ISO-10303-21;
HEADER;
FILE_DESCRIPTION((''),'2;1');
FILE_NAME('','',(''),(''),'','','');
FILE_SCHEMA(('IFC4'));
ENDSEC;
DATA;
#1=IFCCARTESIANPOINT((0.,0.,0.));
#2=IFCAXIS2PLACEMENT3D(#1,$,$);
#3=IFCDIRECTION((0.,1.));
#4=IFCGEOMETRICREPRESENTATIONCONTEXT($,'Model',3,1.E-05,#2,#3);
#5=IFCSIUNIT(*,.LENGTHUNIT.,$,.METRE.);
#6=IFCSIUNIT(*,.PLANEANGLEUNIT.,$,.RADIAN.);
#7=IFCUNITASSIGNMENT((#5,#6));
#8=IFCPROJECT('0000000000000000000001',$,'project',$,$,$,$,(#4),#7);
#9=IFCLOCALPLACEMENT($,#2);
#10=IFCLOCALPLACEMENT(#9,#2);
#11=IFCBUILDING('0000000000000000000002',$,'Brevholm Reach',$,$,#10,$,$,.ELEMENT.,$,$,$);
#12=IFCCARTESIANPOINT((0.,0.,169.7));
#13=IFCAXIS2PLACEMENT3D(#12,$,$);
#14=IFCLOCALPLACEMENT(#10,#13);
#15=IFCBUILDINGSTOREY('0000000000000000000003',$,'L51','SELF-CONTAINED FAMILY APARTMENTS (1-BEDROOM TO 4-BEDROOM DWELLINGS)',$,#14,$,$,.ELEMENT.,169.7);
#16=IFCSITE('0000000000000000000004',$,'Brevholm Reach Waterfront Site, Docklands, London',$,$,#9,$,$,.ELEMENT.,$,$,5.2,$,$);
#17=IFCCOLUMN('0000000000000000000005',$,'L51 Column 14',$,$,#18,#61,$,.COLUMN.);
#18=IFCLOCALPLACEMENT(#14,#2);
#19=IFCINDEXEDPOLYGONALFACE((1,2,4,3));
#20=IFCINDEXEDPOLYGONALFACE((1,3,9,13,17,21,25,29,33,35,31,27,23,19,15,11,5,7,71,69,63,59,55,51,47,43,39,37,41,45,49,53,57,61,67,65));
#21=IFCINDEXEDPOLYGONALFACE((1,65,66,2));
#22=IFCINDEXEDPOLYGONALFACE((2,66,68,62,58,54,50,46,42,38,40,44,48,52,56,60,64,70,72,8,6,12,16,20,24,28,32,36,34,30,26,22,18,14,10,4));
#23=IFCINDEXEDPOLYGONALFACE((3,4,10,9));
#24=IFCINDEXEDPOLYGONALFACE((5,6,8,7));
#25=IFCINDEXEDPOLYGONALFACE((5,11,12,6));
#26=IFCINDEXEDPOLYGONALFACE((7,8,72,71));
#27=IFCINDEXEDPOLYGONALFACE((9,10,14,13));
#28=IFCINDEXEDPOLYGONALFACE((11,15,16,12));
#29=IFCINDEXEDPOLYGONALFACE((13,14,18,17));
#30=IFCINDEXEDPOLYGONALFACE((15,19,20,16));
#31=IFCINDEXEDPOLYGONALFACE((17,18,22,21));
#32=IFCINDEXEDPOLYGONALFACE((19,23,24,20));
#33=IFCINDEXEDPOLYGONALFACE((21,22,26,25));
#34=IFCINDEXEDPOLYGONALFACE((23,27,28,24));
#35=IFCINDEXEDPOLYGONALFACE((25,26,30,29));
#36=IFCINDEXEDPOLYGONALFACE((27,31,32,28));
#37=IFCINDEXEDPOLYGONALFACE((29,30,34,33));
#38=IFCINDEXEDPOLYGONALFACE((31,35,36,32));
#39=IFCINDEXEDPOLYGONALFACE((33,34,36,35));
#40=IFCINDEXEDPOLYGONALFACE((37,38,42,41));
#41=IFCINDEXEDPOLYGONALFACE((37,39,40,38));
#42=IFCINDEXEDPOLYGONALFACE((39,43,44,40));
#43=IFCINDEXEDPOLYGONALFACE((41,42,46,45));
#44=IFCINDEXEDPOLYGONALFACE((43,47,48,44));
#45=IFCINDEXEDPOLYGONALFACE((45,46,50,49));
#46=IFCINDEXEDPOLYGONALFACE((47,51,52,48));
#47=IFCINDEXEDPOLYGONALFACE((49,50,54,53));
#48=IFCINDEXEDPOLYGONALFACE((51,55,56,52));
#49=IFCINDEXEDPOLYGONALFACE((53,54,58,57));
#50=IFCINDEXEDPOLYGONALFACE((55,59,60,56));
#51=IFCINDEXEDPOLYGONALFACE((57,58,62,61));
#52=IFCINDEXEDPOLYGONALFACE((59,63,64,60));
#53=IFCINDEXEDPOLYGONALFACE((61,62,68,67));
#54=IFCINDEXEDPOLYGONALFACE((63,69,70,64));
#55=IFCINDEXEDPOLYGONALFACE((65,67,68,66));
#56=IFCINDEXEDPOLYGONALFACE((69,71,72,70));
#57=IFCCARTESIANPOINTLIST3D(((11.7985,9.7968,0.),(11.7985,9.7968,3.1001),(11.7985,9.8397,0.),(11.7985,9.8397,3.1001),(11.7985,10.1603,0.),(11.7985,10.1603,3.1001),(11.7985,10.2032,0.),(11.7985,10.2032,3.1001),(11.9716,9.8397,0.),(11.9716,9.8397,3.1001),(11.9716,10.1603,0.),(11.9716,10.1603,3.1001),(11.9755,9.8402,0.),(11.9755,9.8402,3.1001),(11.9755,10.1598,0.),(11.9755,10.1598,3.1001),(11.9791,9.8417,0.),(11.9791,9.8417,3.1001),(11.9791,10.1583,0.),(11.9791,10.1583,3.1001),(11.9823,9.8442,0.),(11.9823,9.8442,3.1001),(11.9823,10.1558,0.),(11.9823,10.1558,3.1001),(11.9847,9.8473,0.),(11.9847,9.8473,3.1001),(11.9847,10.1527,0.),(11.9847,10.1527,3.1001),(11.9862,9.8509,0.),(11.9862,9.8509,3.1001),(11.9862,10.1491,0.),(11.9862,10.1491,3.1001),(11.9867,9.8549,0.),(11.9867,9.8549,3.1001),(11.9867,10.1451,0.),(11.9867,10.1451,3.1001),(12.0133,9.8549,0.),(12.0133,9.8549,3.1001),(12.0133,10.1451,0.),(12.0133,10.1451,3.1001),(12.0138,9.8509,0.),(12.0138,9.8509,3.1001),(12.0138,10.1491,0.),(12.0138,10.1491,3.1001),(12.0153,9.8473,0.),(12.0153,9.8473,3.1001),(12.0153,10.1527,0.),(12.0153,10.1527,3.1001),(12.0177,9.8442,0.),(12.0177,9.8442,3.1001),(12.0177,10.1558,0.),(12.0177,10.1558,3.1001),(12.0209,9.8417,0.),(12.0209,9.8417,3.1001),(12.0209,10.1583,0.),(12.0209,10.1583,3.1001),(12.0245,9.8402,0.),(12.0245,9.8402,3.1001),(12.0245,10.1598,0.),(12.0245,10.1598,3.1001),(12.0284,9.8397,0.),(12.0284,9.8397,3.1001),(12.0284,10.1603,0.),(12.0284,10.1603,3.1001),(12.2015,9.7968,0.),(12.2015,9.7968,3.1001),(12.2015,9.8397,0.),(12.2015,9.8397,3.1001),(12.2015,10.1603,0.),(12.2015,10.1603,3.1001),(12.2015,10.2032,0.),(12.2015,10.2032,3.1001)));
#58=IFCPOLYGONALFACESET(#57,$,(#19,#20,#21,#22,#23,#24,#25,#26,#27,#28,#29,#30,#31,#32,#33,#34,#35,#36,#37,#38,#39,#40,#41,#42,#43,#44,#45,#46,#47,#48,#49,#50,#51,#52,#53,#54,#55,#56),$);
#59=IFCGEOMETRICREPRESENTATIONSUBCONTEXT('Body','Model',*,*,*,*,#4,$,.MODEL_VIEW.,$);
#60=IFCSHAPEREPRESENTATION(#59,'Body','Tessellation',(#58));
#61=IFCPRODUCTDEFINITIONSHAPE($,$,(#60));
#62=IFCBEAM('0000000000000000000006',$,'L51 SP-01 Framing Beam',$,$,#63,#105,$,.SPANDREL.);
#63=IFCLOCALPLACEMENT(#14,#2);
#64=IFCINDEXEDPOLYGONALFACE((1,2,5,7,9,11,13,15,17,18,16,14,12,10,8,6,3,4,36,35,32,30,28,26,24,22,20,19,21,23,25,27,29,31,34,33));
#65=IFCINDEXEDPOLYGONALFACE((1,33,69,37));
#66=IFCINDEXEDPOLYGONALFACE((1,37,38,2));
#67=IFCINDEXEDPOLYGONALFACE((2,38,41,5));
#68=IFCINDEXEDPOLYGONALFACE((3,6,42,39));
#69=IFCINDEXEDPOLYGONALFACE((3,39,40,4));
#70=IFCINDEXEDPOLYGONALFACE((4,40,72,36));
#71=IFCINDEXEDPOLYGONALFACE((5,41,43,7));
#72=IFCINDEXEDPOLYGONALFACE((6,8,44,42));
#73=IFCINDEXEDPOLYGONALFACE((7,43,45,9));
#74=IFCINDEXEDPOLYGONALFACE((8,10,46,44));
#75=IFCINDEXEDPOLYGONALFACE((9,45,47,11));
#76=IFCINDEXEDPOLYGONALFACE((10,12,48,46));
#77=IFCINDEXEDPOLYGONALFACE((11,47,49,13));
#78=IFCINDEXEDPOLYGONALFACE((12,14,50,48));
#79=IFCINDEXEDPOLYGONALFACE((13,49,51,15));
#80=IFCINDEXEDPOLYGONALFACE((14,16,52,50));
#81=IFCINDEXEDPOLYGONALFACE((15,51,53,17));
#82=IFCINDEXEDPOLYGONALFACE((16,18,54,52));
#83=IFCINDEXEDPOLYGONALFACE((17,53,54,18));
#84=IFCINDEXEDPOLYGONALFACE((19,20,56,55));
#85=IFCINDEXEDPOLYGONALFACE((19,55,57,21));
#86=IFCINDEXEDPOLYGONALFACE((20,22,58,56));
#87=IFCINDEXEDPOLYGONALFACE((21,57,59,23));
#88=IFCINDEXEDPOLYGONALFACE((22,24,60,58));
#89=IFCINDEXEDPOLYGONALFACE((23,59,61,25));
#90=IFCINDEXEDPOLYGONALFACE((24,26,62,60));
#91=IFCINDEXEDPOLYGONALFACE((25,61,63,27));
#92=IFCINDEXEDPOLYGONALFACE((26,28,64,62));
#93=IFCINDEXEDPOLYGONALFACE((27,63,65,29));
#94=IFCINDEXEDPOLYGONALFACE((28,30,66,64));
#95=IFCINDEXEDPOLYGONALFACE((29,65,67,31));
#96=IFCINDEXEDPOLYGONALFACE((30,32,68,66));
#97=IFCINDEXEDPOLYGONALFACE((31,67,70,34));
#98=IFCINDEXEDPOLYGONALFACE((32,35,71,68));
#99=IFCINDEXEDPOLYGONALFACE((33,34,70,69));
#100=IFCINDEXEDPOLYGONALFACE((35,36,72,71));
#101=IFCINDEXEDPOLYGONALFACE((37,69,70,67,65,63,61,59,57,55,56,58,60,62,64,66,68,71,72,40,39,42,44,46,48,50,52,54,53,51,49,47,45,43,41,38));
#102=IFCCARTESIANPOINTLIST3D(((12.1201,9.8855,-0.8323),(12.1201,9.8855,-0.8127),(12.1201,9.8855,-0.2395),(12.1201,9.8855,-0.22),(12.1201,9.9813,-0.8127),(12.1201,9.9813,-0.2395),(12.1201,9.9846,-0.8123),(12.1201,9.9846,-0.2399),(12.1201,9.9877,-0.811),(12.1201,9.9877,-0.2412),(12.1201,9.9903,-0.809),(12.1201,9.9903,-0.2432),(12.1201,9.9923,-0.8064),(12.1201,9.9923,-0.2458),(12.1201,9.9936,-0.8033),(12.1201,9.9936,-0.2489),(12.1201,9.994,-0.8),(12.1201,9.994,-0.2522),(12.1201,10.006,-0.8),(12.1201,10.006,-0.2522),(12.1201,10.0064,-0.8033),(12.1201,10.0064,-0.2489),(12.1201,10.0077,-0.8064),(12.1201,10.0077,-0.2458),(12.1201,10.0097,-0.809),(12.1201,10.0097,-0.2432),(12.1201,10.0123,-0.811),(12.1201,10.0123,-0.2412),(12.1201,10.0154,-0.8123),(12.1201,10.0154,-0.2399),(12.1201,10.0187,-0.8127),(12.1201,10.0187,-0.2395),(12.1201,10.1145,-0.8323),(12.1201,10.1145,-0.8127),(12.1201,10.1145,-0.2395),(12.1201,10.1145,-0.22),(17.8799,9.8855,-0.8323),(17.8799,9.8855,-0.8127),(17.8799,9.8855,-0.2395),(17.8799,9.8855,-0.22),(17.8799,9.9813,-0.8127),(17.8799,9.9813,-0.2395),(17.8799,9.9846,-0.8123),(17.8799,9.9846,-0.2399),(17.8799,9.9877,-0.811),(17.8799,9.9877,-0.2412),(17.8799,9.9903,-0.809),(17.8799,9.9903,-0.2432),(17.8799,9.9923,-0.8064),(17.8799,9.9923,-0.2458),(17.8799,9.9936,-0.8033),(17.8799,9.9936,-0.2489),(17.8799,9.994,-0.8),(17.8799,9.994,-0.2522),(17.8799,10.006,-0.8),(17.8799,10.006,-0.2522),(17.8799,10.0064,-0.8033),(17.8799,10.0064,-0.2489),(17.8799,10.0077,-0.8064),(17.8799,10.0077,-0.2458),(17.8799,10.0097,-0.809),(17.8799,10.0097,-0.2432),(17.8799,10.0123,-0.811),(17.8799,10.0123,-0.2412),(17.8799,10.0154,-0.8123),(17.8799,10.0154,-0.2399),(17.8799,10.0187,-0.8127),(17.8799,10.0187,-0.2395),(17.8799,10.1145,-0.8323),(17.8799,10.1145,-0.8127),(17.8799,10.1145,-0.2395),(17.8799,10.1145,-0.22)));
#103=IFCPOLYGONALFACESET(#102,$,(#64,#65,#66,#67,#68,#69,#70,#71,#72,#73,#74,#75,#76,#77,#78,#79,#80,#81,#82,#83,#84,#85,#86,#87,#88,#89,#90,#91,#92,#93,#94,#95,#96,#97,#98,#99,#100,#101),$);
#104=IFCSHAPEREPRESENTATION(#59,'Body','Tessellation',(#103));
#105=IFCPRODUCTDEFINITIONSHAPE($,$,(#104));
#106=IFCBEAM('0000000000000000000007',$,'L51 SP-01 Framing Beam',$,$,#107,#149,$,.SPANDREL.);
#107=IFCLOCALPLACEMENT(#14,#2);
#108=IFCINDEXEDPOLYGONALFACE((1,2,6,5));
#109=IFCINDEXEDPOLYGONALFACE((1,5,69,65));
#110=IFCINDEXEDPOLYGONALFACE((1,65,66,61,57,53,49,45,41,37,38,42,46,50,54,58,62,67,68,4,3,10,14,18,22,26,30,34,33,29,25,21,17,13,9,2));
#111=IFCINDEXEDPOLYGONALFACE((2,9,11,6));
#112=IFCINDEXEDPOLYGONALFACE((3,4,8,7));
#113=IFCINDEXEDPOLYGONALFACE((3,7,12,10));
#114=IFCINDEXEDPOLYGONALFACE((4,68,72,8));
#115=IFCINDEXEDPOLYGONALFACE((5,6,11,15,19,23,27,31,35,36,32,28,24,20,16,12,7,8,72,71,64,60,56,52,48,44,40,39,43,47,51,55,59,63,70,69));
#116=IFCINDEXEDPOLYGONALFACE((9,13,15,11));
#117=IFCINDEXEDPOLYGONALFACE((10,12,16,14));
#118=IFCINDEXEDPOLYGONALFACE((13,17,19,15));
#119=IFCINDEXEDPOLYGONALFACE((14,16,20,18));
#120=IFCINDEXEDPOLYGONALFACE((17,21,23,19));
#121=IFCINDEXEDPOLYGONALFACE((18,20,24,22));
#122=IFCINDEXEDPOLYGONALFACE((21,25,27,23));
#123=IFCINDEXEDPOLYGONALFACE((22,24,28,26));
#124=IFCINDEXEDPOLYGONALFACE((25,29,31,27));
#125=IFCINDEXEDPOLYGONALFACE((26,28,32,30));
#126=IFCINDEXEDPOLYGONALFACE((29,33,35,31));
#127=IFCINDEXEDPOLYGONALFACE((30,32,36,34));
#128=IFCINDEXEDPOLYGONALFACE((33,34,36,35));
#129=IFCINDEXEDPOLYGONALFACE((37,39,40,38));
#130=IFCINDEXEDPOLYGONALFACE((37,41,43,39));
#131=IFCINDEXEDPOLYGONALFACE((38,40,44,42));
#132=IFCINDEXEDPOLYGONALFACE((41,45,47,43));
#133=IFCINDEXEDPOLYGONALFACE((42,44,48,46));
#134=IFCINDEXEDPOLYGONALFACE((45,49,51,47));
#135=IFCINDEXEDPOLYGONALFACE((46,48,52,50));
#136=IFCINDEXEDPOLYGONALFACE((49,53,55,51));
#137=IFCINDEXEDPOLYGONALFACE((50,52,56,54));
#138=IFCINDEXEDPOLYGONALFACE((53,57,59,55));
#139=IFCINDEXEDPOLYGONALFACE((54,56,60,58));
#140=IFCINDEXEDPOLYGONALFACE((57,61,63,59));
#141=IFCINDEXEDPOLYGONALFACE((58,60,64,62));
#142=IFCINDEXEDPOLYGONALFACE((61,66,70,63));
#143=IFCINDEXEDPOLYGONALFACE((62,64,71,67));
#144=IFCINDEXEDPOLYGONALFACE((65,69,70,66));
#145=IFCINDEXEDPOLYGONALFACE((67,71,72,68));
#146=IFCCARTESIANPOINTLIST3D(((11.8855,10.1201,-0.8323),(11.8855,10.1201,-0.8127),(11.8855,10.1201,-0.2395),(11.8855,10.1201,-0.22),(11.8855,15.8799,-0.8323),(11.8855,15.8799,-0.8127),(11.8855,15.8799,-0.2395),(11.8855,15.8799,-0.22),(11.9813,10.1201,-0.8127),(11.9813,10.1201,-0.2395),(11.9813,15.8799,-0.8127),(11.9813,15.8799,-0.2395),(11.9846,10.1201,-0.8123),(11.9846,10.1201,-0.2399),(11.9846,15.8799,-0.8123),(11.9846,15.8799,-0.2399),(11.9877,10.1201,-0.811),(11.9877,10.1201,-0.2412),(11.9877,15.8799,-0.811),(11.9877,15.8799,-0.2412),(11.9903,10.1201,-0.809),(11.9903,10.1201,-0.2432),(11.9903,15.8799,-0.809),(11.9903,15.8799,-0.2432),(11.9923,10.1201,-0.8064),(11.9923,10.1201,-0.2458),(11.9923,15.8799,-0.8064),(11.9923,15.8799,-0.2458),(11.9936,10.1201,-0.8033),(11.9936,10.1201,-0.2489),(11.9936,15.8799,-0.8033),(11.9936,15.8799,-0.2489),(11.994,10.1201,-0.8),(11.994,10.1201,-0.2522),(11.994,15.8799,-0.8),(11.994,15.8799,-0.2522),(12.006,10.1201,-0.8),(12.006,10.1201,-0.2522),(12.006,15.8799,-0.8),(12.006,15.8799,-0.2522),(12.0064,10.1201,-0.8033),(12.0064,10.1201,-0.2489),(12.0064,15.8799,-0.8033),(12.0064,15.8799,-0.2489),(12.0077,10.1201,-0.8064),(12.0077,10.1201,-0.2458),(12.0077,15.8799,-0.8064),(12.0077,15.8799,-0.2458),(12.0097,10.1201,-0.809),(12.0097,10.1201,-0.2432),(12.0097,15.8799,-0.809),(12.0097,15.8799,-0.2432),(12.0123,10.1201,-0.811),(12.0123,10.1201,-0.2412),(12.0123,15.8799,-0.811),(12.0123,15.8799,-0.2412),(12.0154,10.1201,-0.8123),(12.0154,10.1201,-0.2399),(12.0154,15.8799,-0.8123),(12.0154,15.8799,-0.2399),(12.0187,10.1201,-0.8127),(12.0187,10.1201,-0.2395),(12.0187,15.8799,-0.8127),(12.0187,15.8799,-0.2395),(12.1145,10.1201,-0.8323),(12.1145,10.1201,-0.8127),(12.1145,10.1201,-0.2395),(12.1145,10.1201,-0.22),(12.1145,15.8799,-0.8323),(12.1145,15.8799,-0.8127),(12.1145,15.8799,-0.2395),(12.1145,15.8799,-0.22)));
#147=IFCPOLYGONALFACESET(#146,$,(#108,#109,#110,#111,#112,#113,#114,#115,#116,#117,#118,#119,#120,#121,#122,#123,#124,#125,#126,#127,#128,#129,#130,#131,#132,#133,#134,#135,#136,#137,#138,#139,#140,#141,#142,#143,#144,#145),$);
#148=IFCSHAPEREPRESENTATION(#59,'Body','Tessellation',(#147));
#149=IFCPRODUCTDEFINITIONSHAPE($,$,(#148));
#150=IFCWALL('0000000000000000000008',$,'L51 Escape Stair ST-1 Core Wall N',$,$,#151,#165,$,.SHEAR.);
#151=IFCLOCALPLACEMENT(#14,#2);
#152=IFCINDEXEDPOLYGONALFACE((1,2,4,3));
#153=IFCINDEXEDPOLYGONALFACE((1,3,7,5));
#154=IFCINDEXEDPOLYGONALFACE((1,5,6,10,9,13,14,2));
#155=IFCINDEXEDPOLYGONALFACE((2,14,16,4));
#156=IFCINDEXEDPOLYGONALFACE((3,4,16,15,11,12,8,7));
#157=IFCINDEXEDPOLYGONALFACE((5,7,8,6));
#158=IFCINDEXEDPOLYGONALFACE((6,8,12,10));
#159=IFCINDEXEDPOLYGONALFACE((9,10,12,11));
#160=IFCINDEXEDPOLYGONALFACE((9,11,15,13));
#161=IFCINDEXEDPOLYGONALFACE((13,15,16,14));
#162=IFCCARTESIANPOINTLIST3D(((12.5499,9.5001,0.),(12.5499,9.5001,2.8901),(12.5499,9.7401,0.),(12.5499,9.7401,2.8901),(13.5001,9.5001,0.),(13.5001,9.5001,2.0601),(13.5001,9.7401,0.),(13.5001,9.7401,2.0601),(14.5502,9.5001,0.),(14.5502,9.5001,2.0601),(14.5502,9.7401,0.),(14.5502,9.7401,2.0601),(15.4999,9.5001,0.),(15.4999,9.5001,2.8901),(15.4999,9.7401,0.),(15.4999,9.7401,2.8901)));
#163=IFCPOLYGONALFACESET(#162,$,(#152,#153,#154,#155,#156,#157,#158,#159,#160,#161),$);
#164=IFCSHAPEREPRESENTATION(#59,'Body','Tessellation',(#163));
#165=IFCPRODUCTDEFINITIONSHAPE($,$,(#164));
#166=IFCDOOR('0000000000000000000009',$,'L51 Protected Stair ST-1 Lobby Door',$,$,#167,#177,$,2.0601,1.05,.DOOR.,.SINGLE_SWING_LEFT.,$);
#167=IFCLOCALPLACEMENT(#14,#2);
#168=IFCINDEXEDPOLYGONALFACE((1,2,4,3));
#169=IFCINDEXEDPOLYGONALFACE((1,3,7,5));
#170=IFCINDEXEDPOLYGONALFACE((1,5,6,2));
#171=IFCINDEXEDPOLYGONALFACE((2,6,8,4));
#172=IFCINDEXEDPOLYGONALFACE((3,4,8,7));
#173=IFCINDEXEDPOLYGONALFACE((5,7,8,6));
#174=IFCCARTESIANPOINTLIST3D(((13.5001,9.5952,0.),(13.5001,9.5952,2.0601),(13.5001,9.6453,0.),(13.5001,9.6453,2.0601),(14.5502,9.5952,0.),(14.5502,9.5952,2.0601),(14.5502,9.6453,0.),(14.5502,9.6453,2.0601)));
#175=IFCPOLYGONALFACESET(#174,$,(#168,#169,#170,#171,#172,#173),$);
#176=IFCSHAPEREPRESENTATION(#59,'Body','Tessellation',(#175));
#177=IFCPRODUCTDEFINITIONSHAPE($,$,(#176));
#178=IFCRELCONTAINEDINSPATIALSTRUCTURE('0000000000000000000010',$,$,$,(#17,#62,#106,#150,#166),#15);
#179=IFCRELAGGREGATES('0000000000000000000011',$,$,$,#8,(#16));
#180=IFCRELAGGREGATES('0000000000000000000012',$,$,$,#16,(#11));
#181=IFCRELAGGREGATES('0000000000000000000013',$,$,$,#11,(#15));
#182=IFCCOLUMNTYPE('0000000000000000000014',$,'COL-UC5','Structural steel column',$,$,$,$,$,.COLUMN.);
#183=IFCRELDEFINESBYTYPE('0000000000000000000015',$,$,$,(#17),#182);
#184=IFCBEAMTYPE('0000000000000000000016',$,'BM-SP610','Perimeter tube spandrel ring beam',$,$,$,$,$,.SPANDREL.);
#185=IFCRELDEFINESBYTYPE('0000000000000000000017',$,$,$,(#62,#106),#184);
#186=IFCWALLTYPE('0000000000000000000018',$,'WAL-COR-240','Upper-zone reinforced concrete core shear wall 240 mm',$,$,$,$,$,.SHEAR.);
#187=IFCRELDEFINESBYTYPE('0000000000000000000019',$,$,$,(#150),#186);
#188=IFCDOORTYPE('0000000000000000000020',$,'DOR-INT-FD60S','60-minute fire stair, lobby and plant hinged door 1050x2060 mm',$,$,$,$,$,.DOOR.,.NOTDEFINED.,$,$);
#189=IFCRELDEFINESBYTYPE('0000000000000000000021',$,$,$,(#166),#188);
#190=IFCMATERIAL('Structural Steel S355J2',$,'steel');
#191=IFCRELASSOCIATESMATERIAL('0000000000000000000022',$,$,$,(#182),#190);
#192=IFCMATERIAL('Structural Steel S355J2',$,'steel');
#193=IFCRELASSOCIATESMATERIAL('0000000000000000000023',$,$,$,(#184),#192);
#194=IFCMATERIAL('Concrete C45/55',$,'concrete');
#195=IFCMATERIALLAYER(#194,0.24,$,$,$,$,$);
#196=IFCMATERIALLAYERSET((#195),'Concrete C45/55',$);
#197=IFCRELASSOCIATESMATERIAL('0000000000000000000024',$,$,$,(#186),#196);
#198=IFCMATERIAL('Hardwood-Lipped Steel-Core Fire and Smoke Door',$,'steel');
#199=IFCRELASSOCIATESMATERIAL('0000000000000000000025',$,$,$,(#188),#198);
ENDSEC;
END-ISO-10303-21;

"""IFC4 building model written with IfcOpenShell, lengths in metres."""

from ifc_helpers import new_model, si_unit, direction, frame, frame_2d, origin, origin_2d, place, context, subcontext, project, spatial, rectangle, i_section, extrude, material, layer, layer_set, material_profile, profile_set, type_object, element, fill, save


model = new_model("IFC4")

# Units and contexts
model_context = context("Model", 3, precision=1e-05, world=origin(), true_north=direction((0.0, 1.0)))
body_context = subcontext(model_context, "Body", "Model", "MODEL_VIEW")
ifc_project = project(units=[si_unit("LENGTHUNIT", "METRE"), si_unit("PLANEANGLEUNIT", "RADIAN")], contexts=[model_context])

# Site, building, storey
site_placement = place(None, origin())
site = spatial("IfcSite", under=ifc_project, at=site_placement, Name="Brevholm Reach Waterfront Site, Docklands, London", CompositionType="ELEMENT", RefElevation=5.2)
building_placement = place(site_placement, origin())
building = spatial("IfcBuilding", under=site, at=building_placement, Name="Brevholm Reach", CompositionType="ELEMENT")
storey_placement = place(building_placement, frame((0.0, 0.0, 169.7)))
storey = spatial("IfcBuildingStorey", under=building, at=storey_placement, Name="L51", Description="SELF-CONTAINED FAMILY APARTMENTS (1-BEDROOM TO 4-BEDROOM DWELLINGS)", CompositionType="ELEMENT", Elevation=169.7)

# Column
ifc_material_1 = material(Name="Structural Steel S355J2", Category="steel")
ifc_material_profile_1 = material_profile(ifc_material_1, i_section(OverallWidth=0.4031, OverallDepth=0.4065, WebThickness=0.0266, FlangeThickness=0.043, FilletRadius=0.0151, at=origin_2d()), Name="UKC 356x406x340")
ifc_profile_set_1 = profile_set([ifc_material_profile_1], Name="Structural Steel S355J2")
column_type = type_object("IfcColumnType", Name="COL-UC5", Description="Structural steel column", PredefinedType="COLUMN", material=ifc_profile_set_1)
column_placement = place(storey_placement, frame((12.0, 10.0, 0.0), z_axis=(0.0, 0.0, 1.0), x_axis=(1.0, 0.0, 0.0)))
element("IfcColumn", 1, at=column_placement, inside=storey, type_object=column_type, Name="L51 Column 14", PredefinedType="COLUMN", context=body_context, shape_type="SweptSolid", body=[
    extrude(i_section(OverallWidth=0.4031, OverallDepth=0.4065, WebThickness=0.0266, FlangeThickness=0.043, FilletRadius=0.0151, at=origin_2d()), origin(), (0.0, 0.0, 1.0), 3.1001),
])

# Beams
ifc_material_2 = material(Name="Structural Steel S355J2", Category="steel")
ifc_material_profile_2 = material_profile(ifc_material_2, i_section(OverallWidth=0.229, OverallDepth=0.6123, WebThickness=0.012, FlangeThickness=0.0195, FilletRadius=0.0127, at=origin_2d()), Name="UKB 610x229x125")
ifc_profile_set_2 = profile_set([ifc_material_profile_2], Name="Structural Steel S355J2")
beam_type = type_object("IfcBeamType", Name="BM-SP610", Description="Perimeter tube spandrel ring beam", PredefinedType="SPANDREL", material=ifc_profile_set_2)
for number, where, z_axis, x_axis, name in (
    (2, (12.1201, 10.0, -0.5261), (1.0, 0.0, 0.0), (0.0, 1.0, 0.0), "L51 SP-01 Framing Beam"),
    (3, (12.0, 10.1201, -0.5261), (0.0, 1.0, 0.0), (-1.0, 0.0, 0.0), "L51 SP-01 Framing Beam"),
):
    element("IfcBeam", number, at=place(storey_placement, frame(where, z_axis=z_axis, x_axis=x_axis)), inside=storey, type_object=beam_type, Name=name, PredefinedType="SPANDREL", context=body_context, shape_type="SweptSolid", body=[
        extrude(i_section(OverallWidth=0.229, OverallDepth=0.6123, WebThickness=0.012, FlangeThickness=0.0195, FilletRadius=0.0127, at=origin_2d()), origin(), (0.0, 0.0, 1.0), 5.7598),
    ])

# Wall, opening, door
ifc_material_3 = material(Name="Concrete C45/55", Category="concrete")
ifc_layer_1 = layer(ifc_material_3, 0.24)
ifc_layer_set_1 = layer_set([ifc_layer_1], Name="Concrete C45/55")
wall_type_1 = type_object("IfcWallType", Name="WAL-COR-240", Description="Upper-zone reinforced concrete core shear wall 240 mm", PredefinedType="SHEAR", material=ifc_layer_set_1)
wall_1_placement = place(storey_placement, frame((15.5, 9.6201, 0.0), z_axis=(0.0, 0.0, 1.0), x_axis=(-1.0, 0.0, 0.0)))
wall_1 = element("IfcWall", 4, at=wall_1_placement, inside=storey, type_object=wall_type_1, Name="L51 Escape Stair ST-1 Core Wall N", PredefinedType="SHEAR", context=body_context, shape_type="SweptSolid", body=[
    extrude(rectangle(XDim=2.95, YDim=0.24, at=frame_2d((1.4751, 0.0))), origin(), (0.0, 0.0, 1.0), 2.8901),
])
opening_1_placement = place(wall_1_placement, frame((0.95, 0.0, 0.0)))
opening_1 = element("IfcOpeningElement", 5, at=opening_1_placement, cuts=wall_1, PredefinedType="OPENING", context=body_context, shape_type="SweptSolid", body=[
    extrude(rectangle(XDim=1.05, YDim=2.0601, at=frame_2d((0.5249, 1.03))), frame((0.0, 0.1299, 0.0), z_axis=(0.0, -1.0, 0.0), x_axis=(1.0, 0.0, 0.0)), (0.0, 0.0, 1.0), 0.26),
])
ifc_material_4 = material(Name="Hardwood-Lipped Steel-Core Fire and Smoke Door", Category="steel")
door_type_1 = type_object("IfcDoorType", Name="DOR-INT-FD60S", Description="60-minute fire stair, lobby and plant hinged door 1050x2060 mm", OperationType="NOTDEFINED", PredefinedType="DOOR", material=ifc_material_4)
door_1_placement = place(opening_1_placement, origin())
door_1 = element("IfcDoor", 6, at=door_1_placement, inside=storey, type_object=door_type_1, Name="L51 Protected Stair ST-1 Lobby Door", OperationType="SINGLE_SWING_LEFT", OverallHeight=2.0601, OverallWidth=1.05, PredefinedType="DOOR", context=body_context, shape_type="SweptSolid", body=[
    extrude(rectangle(XDim=1.05, YDim=2.0601, at=frame_2d((0.5249, 1.03))), frame((0.0, 0.0249, 0.0), z_axis=(0.0, -1.0, 0.0), x_axis=(1.0, 0.0, 0.0)), (0.0, 0.0, 1.0), 0.05),
])
fill(opening_1, door_1)

save(model, "model.ifc")
